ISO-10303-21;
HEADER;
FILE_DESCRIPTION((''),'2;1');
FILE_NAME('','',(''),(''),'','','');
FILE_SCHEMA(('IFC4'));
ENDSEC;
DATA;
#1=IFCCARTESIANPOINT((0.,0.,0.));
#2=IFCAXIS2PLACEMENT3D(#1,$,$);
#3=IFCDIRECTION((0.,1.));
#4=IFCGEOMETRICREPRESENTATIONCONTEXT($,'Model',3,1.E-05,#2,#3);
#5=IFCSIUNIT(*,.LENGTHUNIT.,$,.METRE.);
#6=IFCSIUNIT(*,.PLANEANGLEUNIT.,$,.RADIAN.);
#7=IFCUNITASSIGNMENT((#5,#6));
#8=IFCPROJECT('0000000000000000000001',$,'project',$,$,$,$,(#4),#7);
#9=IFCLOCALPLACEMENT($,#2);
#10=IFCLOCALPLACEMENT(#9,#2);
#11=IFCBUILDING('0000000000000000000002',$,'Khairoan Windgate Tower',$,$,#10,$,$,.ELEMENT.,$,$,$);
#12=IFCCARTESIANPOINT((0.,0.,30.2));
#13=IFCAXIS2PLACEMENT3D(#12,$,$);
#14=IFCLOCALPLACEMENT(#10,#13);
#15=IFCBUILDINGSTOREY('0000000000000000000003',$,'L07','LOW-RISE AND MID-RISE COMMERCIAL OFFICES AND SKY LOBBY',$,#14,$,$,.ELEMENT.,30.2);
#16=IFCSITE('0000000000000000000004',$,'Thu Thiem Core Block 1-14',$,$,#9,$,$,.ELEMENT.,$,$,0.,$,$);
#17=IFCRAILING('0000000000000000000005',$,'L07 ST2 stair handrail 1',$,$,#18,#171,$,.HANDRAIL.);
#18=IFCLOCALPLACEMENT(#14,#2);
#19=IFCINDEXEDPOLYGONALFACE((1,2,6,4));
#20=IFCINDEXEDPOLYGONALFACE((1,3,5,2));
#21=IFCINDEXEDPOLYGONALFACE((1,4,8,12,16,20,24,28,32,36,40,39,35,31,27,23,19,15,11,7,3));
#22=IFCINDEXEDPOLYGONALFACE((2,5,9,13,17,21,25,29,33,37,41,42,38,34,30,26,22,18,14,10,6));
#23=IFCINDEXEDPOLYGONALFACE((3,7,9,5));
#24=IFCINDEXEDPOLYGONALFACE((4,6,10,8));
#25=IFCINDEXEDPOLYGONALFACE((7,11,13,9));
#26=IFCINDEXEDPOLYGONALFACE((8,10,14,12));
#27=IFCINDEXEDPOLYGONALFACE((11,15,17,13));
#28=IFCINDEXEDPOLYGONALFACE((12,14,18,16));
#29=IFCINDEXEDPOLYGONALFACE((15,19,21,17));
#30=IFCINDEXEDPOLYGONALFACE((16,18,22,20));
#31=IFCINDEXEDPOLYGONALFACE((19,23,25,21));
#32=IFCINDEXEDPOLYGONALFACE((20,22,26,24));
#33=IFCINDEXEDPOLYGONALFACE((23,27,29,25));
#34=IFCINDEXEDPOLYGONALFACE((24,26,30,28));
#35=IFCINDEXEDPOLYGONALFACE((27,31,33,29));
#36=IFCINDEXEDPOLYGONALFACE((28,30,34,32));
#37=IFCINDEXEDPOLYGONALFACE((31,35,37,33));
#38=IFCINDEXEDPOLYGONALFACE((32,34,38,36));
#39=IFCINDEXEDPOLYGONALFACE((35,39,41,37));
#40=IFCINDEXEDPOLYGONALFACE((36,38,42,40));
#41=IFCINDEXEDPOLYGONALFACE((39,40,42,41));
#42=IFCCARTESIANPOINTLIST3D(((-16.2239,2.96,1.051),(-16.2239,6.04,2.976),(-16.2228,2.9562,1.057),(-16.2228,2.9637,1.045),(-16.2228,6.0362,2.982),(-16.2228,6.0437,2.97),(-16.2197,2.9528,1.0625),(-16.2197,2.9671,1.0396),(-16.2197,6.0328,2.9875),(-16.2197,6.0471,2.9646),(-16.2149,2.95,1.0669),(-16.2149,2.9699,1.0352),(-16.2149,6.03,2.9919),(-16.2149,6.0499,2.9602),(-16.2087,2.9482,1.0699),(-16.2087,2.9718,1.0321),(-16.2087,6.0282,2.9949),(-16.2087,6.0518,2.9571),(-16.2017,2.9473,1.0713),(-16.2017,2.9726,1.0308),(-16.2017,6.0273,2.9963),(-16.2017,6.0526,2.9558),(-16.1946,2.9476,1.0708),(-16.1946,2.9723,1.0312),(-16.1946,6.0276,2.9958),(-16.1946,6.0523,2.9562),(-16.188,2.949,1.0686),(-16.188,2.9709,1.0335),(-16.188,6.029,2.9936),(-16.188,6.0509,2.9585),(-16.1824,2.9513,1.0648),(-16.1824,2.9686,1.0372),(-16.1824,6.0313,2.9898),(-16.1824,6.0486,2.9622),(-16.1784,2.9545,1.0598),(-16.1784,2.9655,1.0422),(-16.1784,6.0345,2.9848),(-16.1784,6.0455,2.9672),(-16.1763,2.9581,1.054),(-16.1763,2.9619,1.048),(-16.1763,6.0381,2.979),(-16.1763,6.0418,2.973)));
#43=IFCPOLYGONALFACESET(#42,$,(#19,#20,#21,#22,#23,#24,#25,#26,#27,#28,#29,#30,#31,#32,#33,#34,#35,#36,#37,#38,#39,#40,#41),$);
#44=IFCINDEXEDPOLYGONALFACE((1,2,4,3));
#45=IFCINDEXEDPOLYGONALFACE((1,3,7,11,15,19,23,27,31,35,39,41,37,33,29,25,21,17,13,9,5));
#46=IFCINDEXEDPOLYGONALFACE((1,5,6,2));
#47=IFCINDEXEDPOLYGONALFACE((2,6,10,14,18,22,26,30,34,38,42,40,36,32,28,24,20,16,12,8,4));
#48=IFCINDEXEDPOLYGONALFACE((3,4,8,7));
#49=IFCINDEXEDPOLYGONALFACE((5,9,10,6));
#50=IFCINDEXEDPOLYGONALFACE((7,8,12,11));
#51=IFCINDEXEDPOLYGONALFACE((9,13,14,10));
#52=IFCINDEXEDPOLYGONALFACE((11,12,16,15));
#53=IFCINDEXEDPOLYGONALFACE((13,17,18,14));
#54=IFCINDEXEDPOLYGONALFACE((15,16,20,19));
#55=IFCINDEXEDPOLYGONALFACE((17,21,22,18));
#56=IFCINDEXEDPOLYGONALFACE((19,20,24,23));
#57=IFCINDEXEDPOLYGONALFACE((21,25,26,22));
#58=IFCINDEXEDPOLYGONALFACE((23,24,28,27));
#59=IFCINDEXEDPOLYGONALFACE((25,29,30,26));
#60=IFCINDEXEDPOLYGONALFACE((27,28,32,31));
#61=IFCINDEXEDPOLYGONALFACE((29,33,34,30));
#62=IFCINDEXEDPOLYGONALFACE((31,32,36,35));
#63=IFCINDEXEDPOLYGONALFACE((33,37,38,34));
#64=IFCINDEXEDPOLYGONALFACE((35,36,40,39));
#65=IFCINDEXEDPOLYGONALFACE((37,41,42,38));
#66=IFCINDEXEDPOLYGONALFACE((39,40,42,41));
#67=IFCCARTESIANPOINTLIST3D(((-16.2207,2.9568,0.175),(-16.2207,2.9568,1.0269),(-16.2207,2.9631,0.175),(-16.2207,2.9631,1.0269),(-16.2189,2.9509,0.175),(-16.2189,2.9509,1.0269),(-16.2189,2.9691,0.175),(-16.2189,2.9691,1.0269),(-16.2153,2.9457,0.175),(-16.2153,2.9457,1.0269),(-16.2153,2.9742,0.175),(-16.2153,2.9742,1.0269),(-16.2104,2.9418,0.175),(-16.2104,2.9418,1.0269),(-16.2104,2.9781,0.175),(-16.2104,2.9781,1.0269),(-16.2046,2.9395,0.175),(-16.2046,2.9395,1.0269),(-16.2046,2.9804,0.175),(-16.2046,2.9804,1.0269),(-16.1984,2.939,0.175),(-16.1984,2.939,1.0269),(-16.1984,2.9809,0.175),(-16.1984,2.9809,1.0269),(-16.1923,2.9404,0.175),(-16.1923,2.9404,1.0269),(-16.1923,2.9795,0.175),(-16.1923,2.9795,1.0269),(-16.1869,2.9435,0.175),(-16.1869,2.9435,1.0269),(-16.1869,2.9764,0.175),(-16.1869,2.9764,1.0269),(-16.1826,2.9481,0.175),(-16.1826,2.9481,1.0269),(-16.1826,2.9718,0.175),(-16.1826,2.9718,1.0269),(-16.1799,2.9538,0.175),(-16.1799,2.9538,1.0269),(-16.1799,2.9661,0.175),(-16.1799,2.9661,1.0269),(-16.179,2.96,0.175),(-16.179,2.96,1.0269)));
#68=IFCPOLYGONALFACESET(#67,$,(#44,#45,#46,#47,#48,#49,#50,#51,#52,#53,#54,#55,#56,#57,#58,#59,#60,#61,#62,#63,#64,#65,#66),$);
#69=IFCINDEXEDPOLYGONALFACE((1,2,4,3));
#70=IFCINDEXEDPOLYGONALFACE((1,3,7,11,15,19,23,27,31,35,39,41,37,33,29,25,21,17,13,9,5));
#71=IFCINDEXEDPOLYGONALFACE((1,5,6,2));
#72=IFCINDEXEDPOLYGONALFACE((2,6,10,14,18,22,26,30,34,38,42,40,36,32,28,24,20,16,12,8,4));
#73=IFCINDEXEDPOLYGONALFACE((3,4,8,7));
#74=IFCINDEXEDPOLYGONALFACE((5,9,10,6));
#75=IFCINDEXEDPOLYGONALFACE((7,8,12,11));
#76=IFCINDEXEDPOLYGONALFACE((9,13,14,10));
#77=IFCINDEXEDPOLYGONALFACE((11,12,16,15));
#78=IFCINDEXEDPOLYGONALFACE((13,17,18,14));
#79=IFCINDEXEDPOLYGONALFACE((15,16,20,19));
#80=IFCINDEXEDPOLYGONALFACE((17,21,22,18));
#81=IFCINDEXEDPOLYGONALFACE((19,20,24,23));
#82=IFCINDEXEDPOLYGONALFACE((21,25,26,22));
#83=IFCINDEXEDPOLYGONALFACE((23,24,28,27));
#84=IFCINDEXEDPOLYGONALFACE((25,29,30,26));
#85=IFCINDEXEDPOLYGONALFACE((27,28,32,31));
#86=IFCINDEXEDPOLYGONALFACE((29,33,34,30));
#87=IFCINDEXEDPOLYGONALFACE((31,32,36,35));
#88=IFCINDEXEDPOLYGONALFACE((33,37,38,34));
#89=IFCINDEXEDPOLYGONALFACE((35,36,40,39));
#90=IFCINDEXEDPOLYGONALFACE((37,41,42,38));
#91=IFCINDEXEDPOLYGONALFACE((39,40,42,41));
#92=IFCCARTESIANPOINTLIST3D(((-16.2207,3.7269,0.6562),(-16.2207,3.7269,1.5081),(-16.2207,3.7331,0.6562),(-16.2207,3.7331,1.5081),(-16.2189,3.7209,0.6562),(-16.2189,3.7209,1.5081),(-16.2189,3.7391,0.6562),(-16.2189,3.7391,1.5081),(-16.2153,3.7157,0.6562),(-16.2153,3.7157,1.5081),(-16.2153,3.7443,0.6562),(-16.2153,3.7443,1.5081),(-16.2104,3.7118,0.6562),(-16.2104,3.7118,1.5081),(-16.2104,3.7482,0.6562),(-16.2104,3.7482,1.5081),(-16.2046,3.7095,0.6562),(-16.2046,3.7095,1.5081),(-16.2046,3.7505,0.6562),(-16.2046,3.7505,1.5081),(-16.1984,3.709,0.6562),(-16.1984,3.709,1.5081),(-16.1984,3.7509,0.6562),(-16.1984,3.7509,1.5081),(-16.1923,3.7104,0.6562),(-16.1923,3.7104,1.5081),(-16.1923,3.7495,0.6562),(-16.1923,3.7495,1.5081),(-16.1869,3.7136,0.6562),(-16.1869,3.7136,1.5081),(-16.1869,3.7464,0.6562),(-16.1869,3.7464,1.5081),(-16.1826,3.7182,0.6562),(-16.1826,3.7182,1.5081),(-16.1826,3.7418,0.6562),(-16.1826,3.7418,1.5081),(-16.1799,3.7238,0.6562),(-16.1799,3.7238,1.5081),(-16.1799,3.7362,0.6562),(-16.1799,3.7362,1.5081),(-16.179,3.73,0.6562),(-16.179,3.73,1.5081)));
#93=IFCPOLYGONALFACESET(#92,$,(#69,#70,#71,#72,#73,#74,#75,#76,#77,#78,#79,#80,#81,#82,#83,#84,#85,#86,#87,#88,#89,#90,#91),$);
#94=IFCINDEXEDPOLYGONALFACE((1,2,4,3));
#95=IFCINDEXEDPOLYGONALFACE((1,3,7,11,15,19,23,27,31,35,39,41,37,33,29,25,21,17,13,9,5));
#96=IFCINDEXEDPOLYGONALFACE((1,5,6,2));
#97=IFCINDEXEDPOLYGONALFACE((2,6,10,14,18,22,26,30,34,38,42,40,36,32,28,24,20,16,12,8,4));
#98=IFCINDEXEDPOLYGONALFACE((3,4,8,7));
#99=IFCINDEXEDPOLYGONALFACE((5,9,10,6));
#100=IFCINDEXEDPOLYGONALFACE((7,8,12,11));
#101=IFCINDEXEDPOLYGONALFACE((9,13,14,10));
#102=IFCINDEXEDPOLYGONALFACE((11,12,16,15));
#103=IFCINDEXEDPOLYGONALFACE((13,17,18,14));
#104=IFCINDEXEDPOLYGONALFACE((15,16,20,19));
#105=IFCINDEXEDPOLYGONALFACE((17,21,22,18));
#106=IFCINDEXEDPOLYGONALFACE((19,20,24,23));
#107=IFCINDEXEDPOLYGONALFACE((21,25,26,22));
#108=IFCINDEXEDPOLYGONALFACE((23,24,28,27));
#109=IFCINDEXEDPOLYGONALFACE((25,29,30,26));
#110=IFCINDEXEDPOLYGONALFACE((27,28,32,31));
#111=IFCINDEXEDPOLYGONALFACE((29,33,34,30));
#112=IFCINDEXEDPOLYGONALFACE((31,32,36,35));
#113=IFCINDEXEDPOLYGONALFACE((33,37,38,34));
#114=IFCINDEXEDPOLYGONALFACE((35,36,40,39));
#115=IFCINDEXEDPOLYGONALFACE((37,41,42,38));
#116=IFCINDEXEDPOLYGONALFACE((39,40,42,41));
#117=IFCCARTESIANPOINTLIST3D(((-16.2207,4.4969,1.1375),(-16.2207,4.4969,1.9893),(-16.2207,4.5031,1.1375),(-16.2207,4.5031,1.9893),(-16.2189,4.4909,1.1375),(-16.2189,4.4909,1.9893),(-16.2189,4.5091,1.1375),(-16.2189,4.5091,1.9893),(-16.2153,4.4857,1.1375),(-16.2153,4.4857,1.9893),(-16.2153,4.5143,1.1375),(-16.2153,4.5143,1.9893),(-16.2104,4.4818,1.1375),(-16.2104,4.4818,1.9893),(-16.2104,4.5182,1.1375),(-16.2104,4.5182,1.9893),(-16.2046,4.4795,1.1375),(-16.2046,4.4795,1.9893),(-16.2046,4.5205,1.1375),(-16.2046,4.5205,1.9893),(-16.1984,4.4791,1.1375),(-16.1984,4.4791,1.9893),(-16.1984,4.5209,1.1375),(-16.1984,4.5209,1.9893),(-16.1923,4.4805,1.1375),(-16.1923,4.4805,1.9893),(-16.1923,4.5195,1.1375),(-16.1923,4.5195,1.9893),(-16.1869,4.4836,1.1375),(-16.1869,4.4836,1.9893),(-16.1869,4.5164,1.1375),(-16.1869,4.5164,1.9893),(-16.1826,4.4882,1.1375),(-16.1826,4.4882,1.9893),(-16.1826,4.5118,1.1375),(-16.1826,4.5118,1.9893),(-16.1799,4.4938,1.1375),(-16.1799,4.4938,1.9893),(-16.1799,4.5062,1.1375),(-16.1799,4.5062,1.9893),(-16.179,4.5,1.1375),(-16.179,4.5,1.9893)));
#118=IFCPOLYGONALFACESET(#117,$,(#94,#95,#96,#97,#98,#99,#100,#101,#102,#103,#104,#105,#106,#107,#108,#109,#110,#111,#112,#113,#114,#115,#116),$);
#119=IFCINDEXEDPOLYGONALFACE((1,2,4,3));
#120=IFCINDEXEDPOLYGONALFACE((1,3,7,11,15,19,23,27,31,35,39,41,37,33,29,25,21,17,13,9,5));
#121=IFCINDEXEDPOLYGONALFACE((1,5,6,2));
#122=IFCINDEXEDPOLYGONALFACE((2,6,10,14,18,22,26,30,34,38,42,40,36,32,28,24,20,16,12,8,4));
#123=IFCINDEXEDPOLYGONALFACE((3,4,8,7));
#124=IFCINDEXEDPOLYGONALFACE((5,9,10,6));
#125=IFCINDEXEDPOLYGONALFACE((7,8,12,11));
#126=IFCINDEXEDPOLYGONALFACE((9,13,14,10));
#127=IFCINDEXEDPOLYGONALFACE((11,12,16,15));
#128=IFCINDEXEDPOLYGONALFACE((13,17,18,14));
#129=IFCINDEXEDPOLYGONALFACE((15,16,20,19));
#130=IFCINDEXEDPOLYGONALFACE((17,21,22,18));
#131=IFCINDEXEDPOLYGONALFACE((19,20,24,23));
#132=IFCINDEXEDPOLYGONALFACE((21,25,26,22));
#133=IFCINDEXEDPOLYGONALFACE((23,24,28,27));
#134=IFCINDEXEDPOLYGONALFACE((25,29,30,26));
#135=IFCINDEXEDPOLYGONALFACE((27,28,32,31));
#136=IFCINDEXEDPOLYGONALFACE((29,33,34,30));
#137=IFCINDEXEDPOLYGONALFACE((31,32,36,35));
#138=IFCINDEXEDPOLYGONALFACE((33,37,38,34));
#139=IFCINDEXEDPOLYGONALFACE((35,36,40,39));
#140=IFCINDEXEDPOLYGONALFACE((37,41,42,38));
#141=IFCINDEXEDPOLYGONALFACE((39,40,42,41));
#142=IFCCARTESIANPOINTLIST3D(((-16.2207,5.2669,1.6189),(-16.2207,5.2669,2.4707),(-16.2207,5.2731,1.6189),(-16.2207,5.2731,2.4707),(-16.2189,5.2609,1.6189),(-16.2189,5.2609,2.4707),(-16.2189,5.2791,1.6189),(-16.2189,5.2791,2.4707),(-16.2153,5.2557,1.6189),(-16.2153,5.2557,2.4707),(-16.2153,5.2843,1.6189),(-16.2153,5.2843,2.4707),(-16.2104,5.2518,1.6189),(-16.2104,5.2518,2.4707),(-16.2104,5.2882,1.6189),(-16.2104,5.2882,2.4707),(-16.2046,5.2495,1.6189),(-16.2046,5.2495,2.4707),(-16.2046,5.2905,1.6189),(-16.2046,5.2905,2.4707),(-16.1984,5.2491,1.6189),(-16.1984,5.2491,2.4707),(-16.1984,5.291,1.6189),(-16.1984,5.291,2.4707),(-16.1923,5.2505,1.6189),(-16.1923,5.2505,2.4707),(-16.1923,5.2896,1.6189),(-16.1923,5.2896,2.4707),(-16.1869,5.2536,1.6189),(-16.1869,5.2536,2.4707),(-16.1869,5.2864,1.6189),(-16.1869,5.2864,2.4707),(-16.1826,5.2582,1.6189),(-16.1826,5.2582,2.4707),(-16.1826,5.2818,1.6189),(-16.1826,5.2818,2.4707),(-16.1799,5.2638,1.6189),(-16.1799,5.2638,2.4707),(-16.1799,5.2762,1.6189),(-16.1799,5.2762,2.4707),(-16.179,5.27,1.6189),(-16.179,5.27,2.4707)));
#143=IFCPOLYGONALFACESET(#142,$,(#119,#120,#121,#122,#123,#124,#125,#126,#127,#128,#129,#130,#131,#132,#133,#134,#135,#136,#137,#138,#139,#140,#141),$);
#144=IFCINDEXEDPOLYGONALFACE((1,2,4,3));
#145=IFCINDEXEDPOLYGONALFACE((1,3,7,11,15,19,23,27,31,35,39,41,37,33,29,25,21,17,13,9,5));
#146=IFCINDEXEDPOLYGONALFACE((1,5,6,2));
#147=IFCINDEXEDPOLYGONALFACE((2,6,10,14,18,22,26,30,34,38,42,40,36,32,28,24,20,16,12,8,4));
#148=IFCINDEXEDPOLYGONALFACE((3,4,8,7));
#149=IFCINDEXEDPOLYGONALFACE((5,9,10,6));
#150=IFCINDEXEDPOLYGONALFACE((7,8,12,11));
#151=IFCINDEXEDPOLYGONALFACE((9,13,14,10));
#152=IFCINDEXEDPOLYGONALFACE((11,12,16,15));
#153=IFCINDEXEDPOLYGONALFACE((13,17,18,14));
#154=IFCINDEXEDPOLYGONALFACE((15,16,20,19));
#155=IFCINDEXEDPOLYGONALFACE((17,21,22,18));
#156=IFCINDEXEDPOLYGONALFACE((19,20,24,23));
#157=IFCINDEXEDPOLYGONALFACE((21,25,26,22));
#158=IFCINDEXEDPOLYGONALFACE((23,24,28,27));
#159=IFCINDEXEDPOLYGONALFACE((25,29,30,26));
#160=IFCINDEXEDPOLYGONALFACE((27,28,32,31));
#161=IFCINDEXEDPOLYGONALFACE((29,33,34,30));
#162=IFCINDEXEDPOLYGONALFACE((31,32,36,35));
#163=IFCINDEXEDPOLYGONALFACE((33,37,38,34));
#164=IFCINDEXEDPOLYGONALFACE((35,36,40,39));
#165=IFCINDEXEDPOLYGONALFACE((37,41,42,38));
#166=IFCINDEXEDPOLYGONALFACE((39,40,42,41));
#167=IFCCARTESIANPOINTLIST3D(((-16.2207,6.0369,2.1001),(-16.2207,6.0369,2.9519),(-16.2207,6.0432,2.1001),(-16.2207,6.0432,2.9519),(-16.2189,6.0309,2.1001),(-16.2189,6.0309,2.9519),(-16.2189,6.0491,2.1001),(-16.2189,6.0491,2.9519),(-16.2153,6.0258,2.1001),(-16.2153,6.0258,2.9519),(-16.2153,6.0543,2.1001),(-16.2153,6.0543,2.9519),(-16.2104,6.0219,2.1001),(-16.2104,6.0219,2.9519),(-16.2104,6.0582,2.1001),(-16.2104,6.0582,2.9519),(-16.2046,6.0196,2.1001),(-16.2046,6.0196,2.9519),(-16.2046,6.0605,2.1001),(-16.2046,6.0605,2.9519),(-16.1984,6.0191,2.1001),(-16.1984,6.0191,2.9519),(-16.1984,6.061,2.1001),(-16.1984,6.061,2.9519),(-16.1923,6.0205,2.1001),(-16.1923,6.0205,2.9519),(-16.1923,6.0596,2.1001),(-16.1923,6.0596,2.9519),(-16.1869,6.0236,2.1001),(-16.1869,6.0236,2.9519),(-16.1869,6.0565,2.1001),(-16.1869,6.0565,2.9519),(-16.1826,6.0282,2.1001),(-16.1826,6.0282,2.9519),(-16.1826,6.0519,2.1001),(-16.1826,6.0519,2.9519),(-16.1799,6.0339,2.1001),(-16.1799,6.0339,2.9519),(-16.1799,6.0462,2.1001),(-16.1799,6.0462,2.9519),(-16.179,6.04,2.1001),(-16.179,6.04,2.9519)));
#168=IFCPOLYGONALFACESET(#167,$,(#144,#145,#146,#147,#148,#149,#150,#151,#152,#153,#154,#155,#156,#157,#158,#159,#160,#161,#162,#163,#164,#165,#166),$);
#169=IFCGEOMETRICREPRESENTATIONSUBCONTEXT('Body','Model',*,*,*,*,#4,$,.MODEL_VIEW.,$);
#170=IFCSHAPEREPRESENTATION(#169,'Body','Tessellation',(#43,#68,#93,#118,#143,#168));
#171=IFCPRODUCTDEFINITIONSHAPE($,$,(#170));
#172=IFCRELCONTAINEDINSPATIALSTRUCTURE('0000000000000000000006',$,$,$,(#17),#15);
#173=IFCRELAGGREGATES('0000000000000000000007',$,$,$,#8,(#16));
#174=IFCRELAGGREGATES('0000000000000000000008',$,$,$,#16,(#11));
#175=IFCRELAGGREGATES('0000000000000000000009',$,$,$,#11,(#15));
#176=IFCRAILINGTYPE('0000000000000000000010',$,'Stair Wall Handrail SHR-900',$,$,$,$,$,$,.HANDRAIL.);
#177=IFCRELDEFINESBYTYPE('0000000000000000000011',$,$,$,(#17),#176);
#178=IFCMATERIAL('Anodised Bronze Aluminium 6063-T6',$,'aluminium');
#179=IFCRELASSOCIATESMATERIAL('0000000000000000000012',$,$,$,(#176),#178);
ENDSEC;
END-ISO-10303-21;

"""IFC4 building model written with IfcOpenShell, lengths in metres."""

from ifc_helpers import new_model, si_unit, direction, frame, origin, origin_2d, place, context, subcontext, project, spatial, circle, extrude, material, type_object, element, save


model = new_model("IFC4")

# Units and contexts
model_context = context("Model", 3, precision=1e-05, world=origin(), true_north=direction((0.0, 1.0)))
body_context = subcontext(model_context, "Body", "Model", "MODEL_VIEW")
ifc_project = project(units=[si_unit("LENGTHUNIT", "METRE"), si_unit("PLANEANGLEUNIT", "RADIAN")], contexts=[model_context])

# Site, building, storey
site_placement = place(None, origin())
site = spatial("IfcSite", under=ifc_project, at=site_placement, Name="Thu Thiem Core Block 1-14", CompositionType="ELEMENT", RefElevation=0.0)
building_placement = place(site_placement, origin())
building = spatial("IfcBuilding", under=site, at=building_placement, Name="Khairoan Windgate Tower", CompositionType="ELEMENT")
storey_placement = place(building_placement, frame((0.0, 0.0, 30.2)))
storey = spatial("IfcBuildingStorey", under=building, at=storey_placement, Name="L07", Description="LOW-RISE AND MID-RISE COMMERCIAL OFFICES AND SKY LOBBY", CompositionType="ELEMENT", Elevation=30.2)

# Railing
ifc_material_1 = material(Name="Anodised Bronze Aluminium 6063-T6", Category="aluminium")
railing_type_1 = type_object("IfcRailingType", Name="Stair Wall Handrail SHR-900", PredefinedType="HANDRAIL", material=ifc_material_1)
railing_1_placement = place(storey_placement, frame((-16.2, 2.96, 0.175)))
element("IfcRailing", 1, at=railing_1_placement, inside=storey, type_object=railing_type_1, Name="L07 ST2 stair handrail 1", PredefinedType="HANDRAIL", context=body_context, shape_type="SweptSolid", body=[
    extrude(circle(Radius=0.0239, at=origin_2d()), frame((0.0, 0.0, 0.876), z_axis=(0.0, 0.847998, 0.529999), x_axis=(-1.0, 0.0, 0.0)), (0.0, 0.0, 1.0), 3.6321),
    extrude(circle(Radius=0.021, at=origin_2d()), origin(), (0.0, 0.0, 1.0), 0.8518),
    extrude(circle(Radius=0.021, at=origin_2d()), frame((0.0, 0.77, 0.4812)), (0.0, 0.0, 1.0), 0.8518),
    extrude(circle(Radius=0.021, at=origin_2d()), frame((0.0, 1.54, 0.9624)), (0.0, 0.0, 1.0), 0.8518),
    extrude(circle(Radius=0.021, at=origin_2d()), frame((0.0, 2.3101, 1.4438)), (0.0, 0.0, 1.0), 0.8518),
    extrude(circle(Radius=0.021, at=origin_2d()), frame((0.0, 3.0801, 1.925)), (0.0, 0.0, 1.0), 0.8518),
])

save(model, "model.ifc")
